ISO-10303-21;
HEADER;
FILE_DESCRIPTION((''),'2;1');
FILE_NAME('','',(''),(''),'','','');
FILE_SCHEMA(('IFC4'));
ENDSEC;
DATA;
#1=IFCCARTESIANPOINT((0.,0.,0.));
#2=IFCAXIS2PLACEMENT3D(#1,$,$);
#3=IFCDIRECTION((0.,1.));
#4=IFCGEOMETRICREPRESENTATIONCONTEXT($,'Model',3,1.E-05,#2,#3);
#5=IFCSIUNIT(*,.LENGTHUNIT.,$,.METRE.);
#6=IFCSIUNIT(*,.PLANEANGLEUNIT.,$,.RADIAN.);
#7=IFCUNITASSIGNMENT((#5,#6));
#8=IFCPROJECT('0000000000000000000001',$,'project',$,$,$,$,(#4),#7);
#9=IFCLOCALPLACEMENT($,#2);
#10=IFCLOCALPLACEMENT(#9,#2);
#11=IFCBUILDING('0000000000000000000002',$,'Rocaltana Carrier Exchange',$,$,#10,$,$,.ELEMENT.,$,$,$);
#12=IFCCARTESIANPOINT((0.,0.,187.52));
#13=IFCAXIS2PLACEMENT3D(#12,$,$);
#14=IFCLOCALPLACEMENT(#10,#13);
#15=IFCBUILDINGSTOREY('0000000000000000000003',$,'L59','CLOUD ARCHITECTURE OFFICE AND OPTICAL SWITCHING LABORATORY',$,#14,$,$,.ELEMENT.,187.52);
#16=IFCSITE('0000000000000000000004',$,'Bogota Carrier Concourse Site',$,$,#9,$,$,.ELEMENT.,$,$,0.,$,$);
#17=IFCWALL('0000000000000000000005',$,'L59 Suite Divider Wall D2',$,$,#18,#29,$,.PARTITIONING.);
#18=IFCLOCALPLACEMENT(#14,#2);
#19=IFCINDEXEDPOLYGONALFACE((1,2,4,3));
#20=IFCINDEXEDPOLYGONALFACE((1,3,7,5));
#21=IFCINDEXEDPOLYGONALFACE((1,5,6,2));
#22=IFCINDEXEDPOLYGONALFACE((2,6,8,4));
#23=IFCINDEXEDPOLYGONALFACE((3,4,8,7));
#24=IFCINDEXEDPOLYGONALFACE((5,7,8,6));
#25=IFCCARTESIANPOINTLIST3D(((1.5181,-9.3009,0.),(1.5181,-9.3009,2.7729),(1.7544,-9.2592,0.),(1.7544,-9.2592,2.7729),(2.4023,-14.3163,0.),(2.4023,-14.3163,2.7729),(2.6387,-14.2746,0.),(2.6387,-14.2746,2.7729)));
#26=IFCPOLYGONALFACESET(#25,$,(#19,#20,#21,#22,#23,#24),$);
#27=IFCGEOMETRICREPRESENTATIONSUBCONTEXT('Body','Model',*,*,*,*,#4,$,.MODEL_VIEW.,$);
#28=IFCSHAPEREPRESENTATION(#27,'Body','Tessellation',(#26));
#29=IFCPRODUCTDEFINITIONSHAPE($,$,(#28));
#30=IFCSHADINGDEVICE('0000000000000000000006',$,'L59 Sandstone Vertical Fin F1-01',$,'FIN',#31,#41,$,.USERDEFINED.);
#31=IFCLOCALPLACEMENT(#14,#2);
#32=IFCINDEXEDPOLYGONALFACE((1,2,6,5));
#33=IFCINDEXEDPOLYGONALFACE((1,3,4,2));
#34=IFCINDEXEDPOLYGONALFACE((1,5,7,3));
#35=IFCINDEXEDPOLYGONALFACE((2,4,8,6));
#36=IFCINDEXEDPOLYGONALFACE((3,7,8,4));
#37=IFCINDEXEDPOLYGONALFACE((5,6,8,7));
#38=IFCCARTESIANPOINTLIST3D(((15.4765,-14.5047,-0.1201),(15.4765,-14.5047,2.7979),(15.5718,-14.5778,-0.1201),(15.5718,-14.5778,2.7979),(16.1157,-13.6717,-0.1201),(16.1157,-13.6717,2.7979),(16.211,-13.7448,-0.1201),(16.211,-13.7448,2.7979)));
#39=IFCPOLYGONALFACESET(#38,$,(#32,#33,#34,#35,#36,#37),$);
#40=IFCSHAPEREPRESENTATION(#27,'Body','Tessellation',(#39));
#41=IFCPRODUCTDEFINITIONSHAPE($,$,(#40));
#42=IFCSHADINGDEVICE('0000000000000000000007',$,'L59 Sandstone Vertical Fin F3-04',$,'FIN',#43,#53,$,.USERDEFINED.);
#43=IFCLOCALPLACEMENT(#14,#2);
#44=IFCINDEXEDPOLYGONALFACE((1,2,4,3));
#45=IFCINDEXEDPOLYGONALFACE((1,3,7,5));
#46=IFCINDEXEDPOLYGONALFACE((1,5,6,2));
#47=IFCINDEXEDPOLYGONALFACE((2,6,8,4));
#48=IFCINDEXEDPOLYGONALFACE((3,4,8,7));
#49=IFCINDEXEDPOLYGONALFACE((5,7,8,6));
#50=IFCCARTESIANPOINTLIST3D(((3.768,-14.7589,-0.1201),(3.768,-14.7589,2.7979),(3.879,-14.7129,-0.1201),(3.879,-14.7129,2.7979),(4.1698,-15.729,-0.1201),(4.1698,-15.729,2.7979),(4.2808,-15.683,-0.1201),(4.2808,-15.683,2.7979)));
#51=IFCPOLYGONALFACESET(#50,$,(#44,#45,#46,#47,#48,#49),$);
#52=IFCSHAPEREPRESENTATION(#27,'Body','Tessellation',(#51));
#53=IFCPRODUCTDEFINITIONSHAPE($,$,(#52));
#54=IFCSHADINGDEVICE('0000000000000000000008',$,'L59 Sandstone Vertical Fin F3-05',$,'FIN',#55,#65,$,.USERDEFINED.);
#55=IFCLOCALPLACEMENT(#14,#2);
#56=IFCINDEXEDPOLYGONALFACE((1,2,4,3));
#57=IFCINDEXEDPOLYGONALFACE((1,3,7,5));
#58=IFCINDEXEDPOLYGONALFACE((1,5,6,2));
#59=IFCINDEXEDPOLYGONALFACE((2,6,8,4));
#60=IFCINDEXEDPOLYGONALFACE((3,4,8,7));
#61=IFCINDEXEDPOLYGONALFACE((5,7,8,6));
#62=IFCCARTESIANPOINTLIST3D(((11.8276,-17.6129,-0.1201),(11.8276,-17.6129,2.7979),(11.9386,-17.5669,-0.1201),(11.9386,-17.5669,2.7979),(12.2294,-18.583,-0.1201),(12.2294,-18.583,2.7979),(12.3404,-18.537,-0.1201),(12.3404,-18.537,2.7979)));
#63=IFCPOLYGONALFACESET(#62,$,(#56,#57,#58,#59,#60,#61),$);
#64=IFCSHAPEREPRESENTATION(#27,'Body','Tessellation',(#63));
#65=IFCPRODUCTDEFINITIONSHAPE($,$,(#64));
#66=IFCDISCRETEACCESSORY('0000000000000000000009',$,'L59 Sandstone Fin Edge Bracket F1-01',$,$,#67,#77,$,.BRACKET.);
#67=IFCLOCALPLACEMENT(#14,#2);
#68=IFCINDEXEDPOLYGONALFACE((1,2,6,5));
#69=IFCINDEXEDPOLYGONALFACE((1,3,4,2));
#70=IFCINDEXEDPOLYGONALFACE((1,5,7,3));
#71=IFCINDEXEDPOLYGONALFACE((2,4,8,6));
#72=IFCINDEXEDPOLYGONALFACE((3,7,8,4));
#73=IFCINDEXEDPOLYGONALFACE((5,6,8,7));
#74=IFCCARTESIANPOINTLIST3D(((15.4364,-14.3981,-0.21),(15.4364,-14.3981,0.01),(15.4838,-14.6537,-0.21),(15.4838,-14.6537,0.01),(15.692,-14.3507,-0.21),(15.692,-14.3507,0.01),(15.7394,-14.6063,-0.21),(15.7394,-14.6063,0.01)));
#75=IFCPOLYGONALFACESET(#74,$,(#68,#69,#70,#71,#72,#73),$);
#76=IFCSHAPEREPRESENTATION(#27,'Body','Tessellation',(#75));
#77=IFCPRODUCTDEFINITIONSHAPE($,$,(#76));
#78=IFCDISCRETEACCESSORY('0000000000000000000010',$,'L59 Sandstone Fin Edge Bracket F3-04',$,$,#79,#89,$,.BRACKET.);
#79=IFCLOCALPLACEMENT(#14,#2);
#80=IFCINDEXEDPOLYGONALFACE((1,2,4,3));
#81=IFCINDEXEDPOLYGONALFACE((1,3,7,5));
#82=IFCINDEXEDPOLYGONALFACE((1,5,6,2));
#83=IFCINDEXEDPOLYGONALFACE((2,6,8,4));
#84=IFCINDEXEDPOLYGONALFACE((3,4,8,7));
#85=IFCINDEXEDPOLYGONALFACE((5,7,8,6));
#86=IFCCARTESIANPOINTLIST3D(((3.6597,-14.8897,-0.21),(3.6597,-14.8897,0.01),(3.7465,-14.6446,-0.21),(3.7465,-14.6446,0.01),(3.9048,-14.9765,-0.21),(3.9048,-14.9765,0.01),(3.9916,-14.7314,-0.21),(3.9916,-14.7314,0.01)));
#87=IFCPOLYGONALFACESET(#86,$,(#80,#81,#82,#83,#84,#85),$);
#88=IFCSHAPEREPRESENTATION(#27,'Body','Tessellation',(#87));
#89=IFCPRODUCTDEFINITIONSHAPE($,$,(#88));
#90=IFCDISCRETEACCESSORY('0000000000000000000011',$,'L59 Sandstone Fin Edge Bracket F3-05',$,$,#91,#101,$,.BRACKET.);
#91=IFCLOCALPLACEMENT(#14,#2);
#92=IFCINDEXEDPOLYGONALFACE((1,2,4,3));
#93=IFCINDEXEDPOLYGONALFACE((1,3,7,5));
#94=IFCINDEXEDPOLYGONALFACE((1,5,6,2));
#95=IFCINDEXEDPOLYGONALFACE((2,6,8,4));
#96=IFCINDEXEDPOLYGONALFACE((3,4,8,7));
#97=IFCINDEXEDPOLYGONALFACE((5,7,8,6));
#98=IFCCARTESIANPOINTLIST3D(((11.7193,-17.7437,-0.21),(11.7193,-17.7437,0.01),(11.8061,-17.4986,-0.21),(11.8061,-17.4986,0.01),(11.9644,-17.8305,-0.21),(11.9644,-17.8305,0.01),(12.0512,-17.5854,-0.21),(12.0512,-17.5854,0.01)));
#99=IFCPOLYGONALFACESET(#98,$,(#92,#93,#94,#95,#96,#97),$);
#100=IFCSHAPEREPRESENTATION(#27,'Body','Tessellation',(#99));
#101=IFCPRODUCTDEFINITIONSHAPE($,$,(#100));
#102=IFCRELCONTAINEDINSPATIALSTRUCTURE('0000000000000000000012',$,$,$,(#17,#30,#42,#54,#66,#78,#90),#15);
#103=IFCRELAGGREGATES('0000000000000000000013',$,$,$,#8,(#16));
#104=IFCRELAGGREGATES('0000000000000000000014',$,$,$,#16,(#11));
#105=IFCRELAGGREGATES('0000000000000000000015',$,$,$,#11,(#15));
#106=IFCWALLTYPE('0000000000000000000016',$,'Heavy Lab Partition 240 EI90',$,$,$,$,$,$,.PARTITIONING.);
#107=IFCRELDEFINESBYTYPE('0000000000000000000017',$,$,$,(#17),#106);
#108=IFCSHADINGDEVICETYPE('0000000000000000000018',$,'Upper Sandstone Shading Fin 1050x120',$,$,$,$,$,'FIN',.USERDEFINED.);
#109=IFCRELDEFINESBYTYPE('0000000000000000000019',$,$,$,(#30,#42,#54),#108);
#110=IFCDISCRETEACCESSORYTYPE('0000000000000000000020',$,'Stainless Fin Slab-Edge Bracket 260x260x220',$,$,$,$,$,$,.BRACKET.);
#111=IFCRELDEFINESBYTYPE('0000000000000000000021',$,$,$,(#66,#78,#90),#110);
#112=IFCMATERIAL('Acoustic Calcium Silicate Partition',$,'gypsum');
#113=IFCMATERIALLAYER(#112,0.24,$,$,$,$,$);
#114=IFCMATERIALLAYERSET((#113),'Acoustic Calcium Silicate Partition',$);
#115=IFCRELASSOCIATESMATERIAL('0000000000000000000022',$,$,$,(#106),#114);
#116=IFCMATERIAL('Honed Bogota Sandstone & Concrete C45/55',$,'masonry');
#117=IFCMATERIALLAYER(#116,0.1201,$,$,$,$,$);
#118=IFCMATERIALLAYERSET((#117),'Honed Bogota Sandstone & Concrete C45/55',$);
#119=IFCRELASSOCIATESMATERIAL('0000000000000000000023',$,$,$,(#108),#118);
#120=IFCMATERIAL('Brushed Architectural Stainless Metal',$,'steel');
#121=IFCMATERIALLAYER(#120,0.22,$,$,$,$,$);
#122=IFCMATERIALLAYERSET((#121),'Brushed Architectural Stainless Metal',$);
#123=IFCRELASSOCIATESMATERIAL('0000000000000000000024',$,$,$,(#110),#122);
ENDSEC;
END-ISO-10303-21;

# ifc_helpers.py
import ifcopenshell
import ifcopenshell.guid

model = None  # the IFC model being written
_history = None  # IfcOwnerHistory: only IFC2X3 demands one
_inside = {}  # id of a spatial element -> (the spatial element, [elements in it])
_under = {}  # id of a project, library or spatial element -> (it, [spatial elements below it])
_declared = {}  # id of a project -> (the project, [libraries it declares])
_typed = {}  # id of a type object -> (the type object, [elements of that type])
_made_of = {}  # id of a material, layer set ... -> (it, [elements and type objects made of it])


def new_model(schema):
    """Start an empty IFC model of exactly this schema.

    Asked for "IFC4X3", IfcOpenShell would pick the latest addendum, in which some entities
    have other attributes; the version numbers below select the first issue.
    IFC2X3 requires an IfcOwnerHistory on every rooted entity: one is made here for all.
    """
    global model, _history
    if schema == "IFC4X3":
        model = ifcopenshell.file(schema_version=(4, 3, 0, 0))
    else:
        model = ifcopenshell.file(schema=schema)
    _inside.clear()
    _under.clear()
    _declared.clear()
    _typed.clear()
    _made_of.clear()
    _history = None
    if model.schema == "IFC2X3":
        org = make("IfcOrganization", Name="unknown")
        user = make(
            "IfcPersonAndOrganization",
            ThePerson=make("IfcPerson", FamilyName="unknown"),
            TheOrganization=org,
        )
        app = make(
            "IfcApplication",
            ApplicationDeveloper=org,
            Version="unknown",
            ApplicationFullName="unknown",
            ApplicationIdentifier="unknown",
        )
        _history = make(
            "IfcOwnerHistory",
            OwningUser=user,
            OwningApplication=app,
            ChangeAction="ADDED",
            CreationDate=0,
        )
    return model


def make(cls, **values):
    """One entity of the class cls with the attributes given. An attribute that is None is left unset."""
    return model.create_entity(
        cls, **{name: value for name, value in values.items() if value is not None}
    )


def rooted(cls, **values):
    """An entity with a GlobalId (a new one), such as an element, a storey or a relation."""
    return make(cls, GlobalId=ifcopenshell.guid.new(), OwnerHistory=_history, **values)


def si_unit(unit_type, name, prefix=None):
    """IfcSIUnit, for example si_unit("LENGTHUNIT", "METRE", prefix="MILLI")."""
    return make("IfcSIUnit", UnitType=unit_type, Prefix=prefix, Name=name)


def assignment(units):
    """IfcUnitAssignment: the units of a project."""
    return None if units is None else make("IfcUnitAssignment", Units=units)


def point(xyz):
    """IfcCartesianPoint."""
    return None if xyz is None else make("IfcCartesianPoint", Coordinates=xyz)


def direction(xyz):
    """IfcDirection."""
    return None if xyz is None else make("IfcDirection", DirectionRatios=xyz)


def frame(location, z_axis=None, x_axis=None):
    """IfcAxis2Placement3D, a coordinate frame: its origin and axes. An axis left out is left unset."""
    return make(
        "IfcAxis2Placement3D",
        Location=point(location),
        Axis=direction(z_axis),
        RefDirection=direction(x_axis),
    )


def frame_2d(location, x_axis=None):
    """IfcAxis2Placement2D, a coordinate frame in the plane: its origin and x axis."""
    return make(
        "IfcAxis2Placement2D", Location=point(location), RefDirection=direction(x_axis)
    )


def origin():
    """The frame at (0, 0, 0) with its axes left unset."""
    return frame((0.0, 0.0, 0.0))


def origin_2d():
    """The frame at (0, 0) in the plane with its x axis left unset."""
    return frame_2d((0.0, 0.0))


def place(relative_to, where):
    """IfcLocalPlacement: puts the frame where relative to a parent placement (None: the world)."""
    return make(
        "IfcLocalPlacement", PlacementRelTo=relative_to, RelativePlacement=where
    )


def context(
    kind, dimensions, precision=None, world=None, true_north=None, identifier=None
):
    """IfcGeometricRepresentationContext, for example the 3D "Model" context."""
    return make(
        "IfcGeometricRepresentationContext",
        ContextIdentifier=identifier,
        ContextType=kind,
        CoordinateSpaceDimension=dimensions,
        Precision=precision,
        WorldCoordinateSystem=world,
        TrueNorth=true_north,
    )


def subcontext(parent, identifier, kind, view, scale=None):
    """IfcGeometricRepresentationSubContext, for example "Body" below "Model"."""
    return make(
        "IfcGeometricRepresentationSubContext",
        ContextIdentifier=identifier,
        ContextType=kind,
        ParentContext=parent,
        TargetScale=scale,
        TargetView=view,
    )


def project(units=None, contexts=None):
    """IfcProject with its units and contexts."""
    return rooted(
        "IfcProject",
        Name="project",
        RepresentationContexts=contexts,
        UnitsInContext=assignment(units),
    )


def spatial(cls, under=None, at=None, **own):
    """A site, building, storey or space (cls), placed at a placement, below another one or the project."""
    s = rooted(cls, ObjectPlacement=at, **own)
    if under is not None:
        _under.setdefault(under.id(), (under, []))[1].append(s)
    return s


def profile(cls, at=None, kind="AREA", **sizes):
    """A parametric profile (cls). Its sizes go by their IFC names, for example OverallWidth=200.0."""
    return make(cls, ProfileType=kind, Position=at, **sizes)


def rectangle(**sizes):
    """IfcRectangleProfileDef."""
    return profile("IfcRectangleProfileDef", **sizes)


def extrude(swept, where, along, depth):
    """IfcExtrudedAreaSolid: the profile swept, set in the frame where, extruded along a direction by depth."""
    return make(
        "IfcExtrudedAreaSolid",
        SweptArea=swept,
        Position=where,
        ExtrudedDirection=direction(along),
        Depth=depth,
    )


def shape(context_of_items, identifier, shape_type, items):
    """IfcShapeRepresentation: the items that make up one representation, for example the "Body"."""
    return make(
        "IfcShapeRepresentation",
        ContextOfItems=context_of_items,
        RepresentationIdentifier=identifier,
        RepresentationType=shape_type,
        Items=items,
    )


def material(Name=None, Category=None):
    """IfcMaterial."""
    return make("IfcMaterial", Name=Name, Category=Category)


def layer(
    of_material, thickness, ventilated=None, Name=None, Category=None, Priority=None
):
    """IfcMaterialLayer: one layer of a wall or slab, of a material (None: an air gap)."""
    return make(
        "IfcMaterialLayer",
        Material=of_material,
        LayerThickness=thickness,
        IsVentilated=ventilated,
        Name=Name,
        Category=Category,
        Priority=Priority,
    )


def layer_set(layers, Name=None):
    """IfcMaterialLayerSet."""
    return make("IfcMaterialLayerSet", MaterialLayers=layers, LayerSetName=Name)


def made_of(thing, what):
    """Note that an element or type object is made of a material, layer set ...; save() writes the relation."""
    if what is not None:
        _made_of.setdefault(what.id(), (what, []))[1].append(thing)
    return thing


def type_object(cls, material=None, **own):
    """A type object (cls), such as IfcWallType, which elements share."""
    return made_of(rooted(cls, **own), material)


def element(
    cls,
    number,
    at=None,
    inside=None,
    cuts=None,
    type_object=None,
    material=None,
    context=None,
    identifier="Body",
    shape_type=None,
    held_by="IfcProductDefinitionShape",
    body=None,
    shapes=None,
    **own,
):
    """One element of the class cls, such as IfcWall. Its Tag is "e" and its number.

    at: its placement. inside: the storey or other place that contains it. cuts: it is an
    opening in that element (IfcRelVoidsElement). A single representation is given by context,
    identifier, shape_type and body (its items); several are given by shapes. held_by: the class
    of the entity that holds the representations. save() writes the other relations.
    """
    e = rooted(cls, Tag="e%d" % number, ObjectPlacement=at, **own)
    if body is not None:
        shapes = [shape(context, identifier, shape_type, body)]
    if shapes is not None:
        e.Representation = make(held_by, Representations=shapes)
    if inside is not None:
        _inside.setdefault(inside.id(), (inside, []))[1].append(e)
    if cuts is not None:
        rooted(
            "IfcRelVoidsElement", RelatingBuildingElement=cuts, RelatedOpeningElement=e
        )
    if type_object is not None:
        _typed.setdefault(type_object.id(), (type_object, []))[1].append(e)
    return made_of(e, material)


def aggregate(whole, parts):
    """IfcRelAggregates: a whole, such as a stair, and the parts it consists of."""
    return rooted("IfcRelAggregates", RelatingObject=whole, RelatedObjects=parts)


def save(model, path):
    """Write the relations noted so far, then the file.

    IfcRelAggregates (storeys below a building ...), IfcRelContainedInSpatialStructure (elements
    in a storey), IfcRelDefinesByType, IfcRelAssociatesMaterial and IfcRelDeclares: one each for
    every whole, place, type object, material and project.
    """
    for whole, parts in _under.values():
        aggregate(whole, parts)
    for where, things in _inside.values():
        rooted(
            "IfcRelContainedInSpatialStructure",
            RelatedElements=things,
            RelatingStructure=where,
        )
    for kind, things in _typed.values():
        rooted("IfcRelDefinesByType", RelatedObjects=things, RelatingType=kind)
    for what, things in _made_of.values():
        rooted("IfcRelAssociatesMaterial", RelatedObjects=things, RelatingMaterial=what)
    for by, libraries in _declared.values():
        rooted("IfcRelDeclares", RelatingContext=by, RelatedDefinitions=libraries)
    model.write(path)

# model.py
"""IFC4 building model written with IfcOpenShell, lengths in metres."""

from ifc_helpers import new_model, si_unit, direction, frame, frame_2d, origin, origin_2d, place, context, subcontext, project, spatial, rectangle, extrude, material, layer, layer_set, type_object, element, save


model = new_model("IFC4")

# Units and contexts
model_context = context("Model", 3, precision=1e-05, world=origin(), true_north=direction((0.0, 1.0)))
body_context = subcontext(model_context, "Body", "Model", "MODEL_VIEW")
ifc_project = project(units=[si_unit("LENGTHUNIT", "METRE"), si_unit("PLANEANGLEUNIT", "RADIAN")], contexts=[model_context])

# Site, building, storey
site_placement = place(None, origin())
site = spatial("IfcSite", under=ifc_project, at=site_placement, Name="Bogota Carrier Concourse Site", CompositionType="ELEMENT", RefElevation=0.0)
building_placement = place(site_placement, origin())
building = spatial("IfcBuilding", under=site, at=building_placement, Name="Rocaltana Carrier Exchange", CompositionType="ELEMENT")
storey_placement = place(building_placement, frame((0.0, 0.0, 187.52)))
storey = spatial("IfcBuildingStorey", under=building, at=storey_placement, Name="L59", Description="CLOUD ARCHITECTURE OFFICE AND OPTICAL SWITCHING LABORATORY", CompositionType="ELEMENT", Elevation=187.52)

# Wall
ifc_material_1 = material(Name="Acoustic Calcium Silicate Partition", Category="gypsum")
ifc_layer_1 = layer(ifc_material_1, 0.24)
ifc_layer_set_1 = layer_set([ifc_layer_1], Name="Acoustic Calcium Silicate Partition")
wall_type_1 = type_object("IfcWallType", Name="Heavy Lab Partition 240 EI90", PredefinedType="PARTITIONING", material=ifc_layer_set_1)
wall_1_placement = place(storey_placement, frame((1.6362, -9.28, 0.0), z_axis=(0.0, 0.0, 1.0), x_axis=(0.173635, -0.98481, 0.0)))
element("IfcWall", 1, at=wall_1_placement, inside=storey, type_object=wall_type_1, Name="L59 Suite Divider Wall D2", PredefinedType="PARTITIONING", context=body_context, shape_type="SweptSolid", body=[
    extrude(rectangle(XDim=5.0928, YDim=0.24, at=frame_2d((2.5464, 0.0))), origin(), (0.0, 0.0, 1.0), 2.7729),
])

# Shading devices
ifc_material_2 = material(Name="Honed Bogota Sandstone & Concrete C45/55", Category="masonry")
ifc_layer_2 = layer(ifc_material_2, 0.1201)
ifc_layer_set_2 = layer_set([ifc_layer_2], Name="Honed Bogota Sandstone & Concrete C45/55")
shading_device_type = type_object("IfcShadingDeviceType", Name="Upper Sandstone Shading Fin 1050x120", ElementType="FIN", PredefinedType="USERDEFINED", material=ifc_layer_set_2)
for number, where, z_axis, x_axis, name in (
    (2, (15.8438, -14.1248, -0.1201), (0.0, 0.0, 1.0), (0.608761, 0.793353, 0.0), "L59 Sandstone Vertical Fin F1-01"),
    (3, (4.0244, -15.2209, -0.1201), (0.0, 0.0, 1.0), (0.382683, -0.92388, 0.0), "L59 Sandstone Vertical Fin F3-04"),
    (4, (12.084, -18.075, -0.1201), (0.0, 0.0, 1.0), (0.382683, -0.92388, 0.0), "L59 Sandstone Vertical Fin F3-05"),
):
    element("IfcShadingDevice", number, at=place(storey_placement, frame(where, z_axis=z_axis, x_axis=x_axis)), inside=storey, type_object=shading_device_type, Name=name, ObjectType="FIN", PredefinedType="USERDEFINED", context=body_context, shape_type="SweptSolid", body=[
        extrude(rectangle(XDim=1.05, YDim=0.1201, at=origin_2d()), origin(), (0.0, 0.0, 1.0), 2.918),
    ])

# Discrete accessories
ifc_material_3 = material(Name="Brushed Architectural Stainless Metal", Category="steel")
ifc_layer_3 = layer(ifc_material_3, 0.22)
ifc_layer_set_3 = layer_set([ifc_layer_3], Name="Brushed Architectural Stainless Metal")
discrete_accessory_type = type_object("IfcDiscreteAccessoryType", Name="Stainless Fin Slab-Edge Bracket 260x260x220", PredefinedType="BRACKET", material=ifc_layer_set_3)
for number, where, z_axis, x_axis, name in (
    (5, (15.5879, -14.5022, -0.21), (0.0, 0.0, 1.0), (-0.182236, 0.983255, 0.0), "L59 Sandstone Fin Edge Bracket F1-01"),
    (6, (3.8257, -14.8105, -0.21), (0.0, 0.0, 1.0), (0.942641, -0.333807, 0.0), "L59 Sandstone Fin Edge Bracket F3-04"),
    (7, (11.8853, -17.6646, -0.21), (0.0, 0.0, 1.0), (0.942641, -0.333807, 0.0), "L59 Sandstone Fin Edge Bracket F3-05"),
):
    element("IfcDiscreteAccessory", number, at=place(storey_placement, frame(where, z_axis=z_axis, x_axis=x_axis)), inside=storey, type_object=discrete_accessory_type, Name=name, PredefinedType="BRACKET", context=body_context, shape_type="SweptSolid", body=[
        extrude(rectangle(XDim=0.26, YDim=0.26, at=origin_2d()), origin(), (0.0, 0.0, 1.0), 0.22),
    ])

save(model, "model.ifc")
